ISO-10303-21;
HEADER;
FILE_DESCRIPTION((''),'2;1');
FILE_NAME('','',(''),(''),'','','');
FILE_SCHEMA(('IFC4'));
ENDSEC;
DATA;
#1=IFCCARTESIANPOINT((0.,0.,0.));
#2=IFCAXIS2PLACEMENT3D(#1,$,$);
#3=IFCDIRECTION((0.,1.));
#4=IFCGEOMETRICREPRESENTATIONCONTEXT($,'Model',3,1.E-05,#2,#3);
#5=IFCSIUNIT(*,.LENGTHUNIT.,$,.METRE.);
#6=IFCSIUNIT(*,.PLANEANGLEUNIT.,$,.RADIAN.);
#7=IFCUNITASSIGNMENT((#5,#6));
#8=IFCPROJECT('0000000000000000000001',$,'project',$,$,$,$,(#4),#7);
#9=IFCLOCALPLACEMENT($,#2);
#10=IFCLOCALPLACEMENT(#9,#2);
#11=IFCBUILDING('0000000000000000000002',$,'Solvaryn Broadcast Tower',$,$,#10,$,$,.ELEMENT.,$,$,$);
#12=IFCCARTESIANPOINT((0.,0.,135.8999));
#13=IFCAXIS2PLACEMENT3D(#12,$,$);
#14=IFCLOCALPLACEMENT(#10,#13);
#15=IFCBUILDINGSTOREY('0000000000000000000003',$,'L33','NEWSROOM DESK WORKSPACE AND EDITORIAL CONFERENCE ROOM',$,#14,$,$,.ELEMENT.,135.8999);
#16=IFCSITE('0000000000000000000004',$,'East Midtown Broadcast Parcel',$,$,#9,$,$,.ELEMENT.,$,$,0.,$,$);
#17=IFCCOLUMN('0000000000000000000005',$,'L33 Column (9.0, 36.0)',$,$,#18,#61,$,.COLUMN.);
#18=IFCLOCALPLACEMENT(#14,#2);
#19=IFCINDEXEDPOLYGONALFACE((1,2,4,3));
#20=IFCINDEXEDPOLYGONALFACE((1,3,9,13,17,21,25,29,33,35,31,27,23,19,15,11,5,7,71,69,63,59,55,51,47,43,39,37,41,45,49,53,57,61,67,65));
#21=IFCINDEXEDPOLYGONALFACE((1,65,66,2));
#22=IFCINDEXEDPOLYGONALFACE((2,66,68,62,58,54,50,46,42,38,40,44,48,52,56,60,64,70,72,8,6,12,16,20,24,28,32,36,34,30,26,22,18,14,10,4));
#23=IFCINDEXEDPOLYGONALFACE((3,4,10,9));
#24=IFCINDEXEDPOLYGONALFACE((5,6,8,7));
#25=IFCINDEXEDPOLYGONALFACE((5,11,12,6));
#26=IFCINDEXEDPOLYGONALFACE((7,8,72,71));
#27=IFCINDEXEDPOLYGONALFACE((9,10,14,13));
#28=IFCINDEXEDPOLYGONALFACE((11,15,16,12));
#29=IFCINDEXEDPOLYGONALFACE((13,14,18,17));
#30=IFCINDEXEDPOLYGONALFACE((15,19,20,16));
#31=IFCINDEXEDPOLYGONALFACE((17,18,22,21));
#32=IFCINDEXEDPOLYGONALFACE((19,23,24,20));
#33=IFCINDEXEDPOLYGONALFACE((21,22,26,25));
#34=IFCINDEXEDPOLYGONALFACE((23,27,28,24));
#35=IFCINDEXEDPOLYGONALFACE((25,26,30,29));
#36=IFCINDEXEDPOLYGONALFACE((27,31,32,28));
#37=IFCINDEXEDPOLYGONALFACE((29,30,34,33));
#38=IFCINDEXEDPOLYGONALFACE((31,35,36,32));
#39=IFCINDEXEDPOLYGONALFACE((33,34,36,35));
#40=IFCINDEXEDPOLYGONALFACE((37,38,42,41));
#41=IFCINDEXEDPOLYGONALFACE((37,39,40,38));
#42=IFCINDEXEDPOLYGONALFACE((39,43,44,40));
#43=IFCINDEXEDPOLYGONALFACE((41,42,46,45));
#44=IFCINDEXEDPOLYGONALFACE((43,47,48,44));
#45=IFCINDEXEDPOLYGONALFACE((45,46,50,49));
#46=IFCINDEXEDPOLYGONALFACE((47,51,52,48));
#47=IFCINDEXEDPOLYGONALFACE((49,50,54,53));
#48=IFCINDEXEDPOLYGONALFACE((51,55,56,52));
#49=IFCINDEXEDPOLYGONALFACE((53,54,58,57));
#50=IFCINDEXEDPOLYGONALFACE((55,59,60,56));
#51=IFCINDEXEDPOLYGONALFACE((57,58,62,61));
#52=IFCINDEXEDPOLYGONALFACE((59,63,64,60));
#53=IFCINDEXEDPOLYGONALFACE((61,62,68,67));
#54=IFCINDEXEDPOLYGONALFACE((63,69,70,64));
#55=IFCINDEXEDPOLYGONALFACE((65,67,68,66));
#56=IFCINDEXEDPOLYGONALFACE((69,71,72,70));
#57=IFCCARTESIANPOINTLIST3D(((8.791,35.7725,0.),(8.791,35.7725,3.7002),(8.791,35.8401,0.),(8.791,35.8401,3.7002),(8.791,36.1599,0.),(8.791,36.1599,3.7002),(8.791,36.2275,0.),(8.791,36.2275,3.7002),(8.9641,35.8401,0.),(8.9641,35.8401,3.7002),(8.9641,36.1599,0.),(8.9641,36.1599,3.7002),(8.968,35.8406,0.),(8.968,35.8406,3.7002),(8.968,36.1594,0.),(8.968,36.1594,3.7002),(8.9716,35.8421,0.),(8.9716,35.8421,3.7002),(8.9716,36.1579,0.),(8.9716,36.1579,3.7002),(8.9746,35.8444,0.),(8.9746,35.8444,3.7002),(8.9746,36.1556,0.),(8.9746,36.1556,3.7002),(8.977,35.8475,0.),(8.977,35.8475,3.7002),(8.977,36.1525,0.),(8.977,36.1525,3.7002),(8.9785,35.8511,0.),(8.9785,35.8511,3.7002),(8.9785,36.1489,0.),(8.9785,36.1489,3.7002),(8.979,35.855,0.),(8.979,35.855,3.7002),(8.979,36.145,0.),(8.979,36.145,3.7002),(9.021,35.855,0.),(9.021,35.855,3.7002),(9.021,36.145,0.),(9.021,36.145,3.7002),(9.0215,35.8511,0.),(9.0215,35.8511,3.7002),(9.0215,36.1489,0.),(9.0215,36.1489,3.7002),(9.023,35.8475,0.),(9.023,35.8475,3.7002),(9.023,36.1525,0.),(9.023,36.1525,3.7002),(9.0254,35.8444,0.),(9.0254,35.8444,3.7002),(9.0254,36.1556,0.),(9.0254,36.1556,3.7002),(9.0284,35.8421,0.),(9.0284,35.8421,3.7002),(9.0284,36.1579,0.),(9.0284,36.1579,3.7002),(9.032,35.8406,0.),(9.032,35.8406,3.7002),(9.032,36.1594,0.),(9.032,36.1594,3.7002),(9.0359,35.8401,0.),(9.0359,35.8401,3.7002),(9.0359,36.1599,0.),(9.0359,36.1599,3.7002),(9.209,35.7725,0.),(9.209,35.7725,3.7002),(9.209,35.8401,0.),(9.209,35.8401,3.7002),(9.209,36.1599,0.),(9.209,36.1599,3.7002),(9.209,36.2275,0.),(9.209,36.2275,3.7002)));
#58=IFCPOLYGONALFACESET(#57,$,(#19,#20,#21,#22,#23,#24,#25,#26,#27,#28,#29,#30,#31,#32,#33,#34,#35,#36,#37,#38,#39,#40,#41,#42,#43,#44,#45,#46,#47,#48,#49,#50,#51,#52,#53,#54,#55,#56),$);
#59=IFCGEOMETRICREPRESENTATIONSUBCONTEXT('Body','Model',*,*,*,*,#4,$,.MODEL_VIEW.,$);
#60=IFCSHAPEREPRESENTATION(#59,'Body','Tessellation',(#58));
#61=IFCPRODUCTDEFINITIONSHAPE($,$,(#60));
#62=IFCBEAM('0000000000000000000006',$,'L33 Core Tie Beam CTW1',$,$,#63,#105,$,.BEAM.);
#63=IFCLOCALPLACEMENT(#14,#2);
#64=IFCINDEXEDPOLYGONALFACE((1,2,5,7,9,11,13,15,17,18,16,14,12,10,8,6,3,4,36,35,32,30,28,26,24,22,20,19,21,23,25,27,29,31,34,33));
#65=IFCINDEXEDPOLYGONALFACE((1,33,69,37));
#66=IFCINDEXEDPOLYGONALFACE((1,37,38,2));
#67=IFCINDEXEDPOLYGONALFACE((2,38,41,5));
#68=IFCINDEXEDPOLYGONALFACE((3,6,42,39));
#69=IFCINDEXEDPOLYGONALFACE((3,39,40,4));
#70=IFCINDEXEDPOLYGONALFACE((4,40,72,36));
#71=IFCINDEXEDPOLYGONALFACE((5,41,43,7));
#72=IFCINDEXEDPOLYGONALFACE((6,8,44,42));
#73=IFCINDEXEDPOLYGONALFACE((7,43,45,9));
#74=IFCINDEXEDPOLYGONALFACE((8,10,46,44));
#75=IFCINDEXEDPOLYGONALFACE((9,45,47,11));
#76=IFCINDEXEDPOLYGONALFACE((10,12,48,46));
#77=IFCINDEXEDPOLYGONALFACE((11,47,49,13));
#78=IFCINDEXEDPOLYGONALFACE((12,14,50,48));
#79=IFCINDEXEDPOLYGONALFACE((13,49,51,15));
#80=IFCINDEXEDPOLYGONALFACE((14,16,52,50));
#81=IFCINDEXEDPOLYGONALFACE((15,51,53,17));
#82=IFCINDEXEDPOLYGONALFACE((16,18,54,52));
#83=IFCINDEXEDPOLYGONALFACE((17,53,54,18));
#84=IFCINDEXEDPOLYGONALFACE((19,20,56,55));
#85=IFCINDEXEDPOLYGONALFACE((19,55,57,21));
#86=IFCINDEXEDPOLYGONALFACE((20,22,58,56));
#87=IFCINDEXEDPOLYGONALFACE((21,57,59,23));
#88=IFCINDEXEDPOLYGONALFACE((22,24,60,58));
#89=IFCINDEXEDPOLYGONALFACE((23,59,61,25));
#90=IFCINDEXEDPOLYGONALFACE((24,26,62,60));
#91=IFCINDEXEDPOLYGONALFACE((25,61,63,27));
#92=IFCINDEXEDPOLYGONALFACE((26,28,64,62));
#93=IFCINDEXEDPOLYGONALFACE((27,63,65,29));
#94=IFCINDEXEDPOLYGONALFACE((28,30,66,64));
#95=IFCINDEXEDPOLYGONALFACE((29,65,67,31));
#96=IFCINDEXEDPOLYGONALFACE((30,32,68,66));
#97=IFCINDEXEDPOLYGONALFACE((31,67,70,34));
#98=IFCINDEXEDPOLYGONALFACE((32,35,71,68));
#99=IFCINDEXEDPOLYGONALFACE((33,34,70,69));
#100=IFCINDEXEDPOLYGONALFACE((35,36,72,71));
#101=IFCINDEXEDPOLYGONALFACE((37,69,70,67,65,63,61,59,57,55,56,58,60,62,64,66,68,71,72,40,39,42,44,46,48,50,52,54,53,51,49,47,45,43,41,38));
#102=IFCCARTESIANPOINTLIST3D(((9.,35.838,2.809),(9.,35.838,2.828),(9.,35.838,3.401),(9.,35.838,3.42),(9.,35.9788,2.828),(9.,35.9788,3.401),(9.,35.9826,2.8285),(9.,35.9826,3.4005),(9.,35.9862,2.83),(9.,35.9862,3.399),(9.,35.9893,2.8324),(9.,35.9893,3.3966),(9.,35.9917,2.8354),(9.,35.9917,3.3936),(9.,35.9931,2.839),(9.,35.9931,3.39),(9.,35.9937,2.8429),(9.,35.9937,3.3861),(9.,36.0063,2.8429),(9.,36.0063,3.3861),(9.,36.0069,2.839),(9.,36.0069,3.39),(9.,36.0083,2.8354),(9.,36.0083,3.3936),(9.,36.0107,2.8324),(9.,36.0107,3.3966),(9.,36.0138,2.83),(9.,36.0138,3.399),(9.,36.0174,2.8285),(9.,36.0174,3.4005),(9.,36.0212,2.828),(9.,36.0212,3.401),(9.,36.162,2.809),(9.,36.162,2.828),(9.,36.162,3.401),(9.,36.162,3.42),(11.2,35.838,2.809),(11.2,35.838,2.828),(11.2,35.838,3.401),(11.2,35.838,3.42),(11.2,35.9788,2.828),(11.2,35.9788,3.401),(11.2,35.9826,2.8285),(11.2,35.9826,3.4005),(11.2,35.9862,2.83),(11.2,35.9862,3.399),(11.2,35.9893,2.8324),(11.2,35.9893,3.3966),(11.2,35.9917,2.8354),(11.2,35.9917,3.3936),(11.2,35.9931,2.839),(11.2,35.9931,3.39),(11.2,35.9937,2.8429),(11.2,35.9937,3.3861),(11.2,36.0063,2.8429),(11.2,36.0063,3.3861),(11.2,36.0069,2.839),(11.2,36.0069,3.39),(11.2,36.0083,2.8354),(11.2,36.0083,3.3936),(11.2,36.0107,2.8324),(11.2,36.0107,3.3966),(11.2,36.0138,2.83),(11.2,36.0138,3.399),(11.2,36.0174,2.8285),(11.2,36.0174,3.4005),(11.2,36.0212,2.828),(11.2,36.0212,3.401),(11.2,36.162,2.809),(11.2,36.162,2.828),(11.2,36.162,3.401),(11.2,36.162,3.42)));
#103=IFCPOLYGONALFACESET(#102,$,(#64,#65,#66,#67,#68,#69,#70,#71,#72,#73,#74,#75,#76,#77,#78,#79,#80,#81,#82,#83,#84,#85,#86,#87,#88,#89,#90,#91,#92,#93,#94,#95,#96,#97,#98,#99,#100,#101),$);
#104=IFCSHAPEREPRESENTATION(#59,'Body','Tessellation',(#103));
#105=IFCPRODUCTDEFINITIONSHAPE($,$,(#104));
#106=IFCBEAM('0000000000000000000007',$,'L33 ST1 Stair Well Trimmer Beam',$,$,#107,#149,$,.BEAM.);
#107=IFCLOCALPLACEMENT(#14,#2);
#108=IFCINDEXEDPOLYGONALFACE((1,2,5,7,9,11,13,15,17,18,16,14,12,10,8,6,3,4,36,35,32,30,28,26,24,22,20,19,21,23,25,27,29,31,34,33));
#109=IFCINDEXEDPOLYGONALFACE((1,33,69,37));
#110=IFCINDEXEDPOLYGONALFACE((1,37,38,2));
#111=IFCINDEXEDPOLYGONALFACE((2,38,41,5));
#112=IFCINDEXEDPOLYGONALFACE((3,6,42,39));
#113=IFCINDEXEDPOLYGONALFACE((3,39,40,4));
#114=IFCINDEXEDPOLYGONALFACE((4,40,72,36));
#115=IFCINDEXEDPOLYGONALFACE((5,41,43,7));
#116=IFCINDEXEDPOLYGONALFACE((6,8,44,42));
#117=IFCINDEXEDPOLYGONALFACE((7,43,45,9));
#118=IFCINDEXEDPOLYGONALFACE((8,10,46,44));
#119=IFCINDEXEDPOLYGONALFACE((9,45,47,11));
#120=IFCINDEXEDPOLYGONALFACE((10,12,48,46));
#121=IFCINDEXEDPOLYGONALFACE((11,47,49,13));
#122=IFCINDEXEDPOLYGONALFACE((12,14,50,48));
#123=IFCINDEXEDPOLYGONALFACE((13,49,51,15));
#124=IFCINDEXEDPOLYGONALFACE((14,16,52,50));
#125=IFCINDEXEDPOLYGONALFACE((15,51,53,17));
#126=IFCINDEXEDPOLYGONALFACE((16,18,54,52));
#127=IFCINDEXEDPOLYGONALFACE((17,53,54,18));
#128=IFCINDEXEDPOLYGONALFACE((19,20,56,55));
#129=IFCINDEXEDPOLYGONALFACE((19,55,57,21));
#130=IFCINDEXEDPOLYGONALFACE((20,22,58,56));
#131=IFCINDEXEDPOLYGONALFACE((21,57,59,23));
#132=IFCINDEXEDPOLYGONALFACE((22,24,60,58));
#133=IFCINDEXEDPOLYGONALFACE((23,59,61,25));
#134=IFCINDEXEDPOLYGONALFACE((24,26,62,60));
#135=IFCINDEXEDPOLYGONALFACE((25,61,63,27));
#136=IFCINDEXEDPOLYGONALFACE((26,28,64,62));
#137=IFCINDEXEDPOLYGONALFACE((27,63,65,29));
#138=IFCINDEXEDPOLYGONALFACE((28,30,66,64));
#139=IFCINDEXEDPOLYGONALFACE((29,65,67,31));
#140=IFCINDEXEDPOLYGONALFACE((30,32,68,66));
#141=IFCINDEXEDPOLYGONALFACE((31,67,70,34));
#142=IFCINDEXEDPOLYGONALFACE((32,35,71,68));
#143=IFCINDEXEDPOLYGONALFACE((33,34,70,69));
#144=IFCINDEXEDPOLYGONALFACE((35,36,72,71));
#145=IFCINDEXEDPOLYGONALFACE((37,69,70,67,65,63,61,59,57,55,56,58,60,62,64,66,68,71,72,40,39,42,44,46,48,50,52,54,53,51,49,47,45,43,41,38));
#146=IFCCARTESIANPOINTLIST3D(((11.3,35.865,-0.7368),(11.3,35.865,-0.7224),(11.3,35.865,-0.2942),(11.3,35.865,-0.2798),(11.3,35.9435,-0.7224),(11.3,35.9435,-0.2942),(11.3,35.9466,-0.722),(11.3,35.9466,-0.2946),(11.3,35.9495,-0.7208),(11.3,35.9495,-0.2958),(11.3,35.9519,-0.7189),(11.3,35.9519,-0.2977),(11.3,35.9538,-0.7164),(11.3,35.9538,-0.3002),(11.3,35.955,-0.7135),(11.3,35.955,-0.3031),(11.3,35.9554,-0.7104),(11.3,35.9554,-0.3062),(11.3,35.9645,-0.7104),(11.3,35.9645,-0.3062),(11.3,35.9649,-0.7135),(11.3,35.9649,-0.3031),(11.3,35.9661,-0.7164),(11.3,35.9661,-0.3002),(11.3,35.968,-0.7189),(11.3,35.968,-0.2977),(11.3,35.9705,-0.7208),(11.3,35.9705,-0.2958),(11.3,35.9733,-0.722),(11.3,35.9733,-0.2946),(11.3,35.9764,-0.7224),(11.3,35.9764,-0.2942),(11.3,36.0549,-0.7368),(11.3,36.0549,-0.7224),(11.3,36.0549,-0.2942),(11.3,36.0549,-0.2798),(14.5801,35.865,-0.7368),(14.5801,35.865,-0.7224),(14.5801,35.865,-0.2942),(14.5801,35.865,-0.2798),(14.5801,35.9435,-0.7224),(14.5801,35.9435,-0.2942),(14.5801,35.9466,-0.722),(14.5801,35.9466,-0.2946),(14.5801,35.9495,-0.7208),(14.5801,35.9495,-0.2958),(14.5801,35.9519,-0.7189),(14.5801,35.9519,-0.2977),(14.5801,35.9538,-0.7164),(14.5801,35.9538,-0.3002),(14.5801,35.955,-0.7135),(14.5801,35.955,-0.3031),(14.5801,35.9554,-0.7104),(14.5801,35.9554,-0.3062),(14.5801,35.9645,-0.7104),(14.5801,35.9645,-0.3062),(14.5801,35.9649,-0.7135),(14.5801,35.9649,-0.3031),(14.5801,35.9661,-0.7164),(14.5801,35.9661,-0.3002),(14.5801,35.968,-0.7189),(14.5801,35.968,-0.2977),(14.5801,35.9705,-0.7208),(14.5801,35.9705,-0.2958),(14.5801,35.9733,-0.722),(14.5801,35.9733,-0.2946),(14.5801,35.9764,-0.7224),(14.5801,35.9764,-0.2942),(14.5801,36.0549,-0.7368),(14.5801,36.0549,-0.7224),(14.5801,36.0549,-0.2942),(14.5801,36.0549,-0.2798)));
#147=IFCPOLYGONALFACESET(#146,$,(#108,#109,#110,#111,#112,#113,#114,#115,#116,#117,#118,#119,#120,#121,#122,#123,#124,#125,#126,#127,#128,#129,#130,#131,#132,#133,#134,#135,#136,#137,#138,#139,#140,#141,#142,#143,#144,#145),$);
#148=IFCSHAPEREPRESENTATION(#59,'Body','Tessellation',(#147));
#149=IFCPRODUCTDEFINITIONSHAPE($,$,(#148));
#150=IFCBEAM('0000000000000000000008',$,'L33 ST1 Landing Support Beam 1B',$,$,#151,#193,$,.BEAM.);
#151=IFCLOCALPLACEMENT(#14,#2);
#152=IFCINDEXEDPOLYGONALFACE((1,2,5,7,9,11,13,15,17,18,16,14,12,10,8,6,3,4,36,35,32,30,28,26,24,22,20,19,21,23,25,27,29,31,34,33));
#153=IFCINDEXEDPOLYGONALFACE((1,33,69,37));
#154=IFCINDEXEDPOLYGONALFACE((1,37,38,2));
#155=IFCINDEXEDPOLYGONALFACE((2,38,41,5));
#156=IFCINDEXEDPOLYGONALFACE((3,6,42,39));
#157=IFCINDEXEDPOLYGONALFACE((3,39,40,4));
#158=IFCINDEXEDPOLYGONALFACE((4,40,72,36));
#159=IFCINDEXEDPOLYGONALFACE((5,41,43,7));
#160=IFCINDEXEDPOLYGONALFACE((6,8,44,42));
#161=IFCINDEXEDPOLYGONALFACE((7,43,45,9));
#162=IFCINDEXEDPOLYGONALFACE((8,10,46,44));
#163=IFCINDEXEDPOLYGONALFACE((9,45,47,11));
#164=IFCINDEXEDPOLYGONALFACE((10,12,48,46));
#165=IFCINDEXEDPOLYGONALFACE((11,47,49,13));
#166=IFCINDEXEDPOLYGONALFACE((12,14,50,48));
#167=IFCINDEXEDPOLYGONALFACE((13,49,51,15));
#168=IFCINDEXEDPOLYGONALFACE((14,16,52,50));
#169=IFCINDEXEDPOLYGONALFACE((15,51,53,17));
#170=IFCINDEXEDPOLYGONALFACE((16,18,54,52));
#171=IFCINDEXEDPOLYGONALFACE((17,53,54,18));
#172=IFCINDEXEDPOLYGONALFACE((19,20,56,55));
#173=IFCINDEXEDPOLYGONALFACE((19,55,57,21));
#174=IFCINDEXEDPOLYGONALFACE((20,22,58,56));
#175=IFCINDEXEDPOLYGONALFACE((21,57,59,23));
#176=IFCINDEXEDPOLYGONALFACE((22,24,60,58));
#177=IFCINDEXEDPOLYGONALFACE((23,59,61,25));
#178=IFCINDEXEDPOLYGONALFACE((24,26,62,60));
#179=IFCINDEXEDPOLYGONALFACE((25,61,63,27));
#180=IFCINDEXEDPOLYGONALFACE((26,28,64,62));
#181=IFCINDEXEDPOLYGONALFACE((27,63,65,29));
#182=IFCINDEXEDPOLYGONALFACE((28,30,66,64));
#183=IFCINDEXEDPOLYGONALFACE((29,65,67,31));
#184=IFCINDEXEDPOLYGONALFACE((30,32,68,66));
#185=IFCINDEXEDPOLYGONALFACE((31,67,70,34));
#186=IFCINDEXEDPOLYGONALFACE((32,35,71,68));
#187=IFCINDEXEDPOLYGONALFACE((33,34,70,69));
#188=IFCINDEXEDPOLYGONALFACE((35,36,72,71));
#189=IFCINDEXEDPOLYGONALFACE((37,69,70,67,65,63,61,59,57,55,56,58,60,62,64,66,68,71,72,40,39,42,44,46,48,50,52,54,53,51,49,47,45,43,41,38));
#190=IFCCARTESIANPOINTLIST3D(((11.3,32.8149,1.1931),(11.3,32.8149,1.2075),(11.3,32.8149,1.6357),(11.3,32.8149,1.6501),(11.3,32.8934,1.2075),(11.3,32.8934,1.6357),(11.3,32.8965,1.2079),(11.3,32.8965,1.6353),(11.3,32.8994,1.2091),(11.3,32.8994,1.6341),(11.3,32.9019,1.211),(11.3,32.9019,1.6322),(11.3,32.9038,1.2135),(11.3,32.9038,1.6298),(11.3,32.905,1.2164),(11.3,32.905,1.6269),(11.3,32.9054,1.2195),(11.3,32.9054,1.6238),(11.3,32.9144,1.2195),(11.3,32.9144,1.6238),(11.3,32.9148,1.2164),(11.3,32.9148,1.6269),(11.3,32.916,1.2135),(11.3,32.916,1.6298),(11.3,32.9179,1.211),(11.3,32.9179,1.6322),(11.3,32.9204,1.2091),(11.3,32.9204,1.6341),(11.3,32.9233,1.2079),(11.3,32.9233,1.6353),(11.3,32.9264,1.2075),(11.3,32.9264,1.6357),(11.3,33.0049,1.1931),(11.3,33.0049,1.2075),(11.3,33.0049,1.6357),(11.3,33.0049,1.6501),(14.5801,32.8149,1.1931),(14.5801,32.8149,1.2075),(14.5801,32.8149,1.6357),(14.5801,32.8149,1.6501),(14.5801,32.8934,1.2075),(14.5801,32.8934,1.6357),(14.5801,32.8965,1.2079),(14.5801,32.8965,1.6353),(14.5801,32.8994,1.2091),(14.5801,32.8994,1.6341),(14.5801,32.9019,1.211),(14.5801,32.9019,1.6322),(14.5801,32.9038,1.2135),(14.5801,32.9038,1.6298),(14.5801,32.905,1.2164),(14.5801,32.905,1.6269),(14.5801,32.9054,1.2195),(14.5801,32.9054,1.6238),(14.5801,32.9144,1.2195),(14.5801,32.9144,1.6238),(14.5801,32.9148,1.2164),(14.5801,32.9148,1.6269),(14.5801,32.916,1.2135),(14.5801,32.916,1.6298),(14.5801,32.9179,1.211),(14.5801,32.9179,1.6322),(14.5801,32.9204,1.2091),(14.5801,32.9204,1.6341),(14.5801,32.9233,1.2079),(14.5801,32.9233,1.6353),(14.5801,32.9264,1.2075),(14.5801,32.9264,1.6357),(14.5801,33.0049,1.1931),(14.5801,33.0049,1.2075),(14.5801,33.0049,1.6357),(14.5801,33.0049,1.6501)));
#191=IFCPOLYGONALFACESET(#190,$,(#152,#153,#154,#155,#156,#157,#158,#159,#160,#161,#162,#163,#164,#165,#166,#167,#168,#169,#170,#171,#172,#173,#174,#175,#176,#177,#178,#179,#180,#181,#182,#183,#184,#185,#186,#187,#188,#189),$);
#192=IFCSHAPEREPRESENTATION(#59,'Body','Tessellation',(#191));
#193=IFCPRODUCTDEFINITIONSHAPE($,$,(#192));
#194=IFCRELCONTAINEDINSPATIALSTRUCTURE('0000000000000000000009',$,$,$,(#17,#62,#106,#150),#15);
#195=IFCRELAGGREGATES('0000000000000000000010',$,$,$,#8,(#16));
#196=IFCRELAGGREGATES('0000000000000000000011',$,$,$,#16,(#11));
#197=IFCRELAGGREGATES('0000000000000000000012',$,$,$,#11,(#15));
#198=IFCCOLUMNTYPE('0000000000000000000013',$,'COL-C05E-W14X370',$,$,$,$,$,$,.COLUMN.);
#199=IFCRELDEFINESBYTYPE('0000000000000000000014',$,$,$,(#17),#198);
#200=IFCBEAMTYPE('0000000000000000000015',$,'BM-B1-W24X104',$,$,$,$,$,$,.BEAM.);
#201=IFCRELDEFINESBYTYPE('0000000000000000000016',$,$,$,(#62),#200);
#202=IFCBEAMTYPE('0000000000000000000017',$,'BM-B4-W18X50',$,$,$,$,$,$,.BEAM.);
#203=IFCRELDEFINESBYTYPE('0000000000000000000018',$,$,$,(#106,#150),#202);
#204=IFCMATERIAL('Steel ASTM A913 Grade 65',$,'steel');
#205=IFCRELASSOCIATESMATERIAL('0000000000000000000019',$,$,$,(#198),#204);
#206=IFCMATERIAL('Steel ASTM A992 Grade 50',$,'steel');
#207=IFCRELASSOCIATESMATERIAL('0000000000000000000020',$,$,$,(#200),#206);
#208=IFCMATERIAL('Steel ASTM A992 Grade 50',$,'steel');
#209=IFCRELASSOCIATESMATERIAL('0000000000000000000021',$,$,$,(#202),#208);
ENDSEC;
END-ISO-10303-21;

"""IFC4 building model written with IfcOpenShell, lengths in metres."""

from ifc_helpers import new_model, si_unit, direction, frame, origin, origin_2d, place, context, subcontext, project, spatial, i_section, extrude, material, material_profile, profile_set, type_object, element, save


model = new_model("IFC4")

# Units and contexts
model_context = context("Model", 3, precision=1e-05, world=origin(), true_north=direction((0.0, 1.0)))
body_context = subcontext(model_context, "Body", "Model", "MODEL_VIEW")
ifc_project = project(units=[si_unit("LENGTHUNIT", "METRE"), si_unit("PLANEANGLEUNIT", "RADIAN")], contexts=[model_context])

# Site, building, storey
site_placement = place(None, origin())
site = spatial("IfcSite", under=ifc_project, at=site_placement, Name="East Midtown Broadcast Parcel", CompositionType="ELEMENT", RefElevation=0.0)
building_placement = place(site_placement, origin())
building = spatial("IfcBuilding", under=site, at=building_placement, Name="Solvaryn Broadcast Tower", CompositionType="ELEMENT")
storey_placement = place(building_placement, frame((0.0, 0.0, 135.8999)))
storey = spatial("IfcBuildingStorey", under=building, at=storey_placement, Name="L33", Description="NEWSROOM DESK WORKSPACE AND EDITORIAL CONFERENCE ROOM", CompositionType="ELEMENT", Elevation=135.8999)

# Column
ifc_material_1 = material(Name="Steel ASTM A913 Grade 65", Category="steel")
ifc_material_profile_1 = material_profile(ifc_material_1, i_section(OverallWidth=0.418, OverallDepth=0.4551, WebThickness=0.042, FlangeThickness=0.0676, FilletRadius=0.0149, at=origin_2d()))
ifc_profile_set_1 = profile_set([ifc_material_profile_1], Name="Steel ASTM A913 Grade 65")
column_type = type_object("IfcColumnType", Name="COL-C05E-W14X370", PredefinedType="COLUMN", material=ifc_profile_set_1)
column_placement = place(storey_placement, frame((9.0, 36.0, 0.0), z_axis=(0.0, 0.0, 1.0), x_axis=(1.0, 0.0, 0.0)))
element("IfcColumn", 1, at=column_placement, inside=storey, type_object=column_type, Name="L33 Column (9.0, 36.0)", PredefinedType="COLUMN", context=body_context, shape_type="SweptSolid", body=[
    extrude(i_section(OverallWidth=0.418, OverallDepth=0.4551, WebThickness=0.042, FlangeThickness=0.0676, FilletRadius=0.0149, at=origin_2d()), origin(), (0.0, 0.0, 1.0), 3.7002),
])

# Beams
ifc_material_2 = material(Name="Steel ASTM A992 Grade 50", Category="steel")
ifc_material_profile_2 = material_profile(ifc_material_2, i_section(OverallWidth=0.324, OverallDepth=0.6111, WebThickness=0.0127, FlangeThickness=0.019, FilletRadius=0.0149, at=origin_2d()))
ifc_profile_set_2 = profile_set([ifc_material_profile_2], Name="Steel ASTM A992 Grade 50")
beam_type_1 = type_object("IfcBeamType", Name="BM-B1-W24X104", PredefinedType="BEAM", material=ifc_profile_set_2)
beam_1_placement = place(storey_placement, frame((9.0, 36.0, 3.1145), z_axis=(1.0, 0.0, 0.0), x_axis=(0.0, 1.0, 0.0)))
element("IfcBeam", 2, at=beam_1_placement, inside=storey, type_object=beam_type_1, Name="L33 Core Tie Beam CTW1", PredefinedType="BEAM", context=body_context, shape_type="SweptSolid", body=[
    extrude(i_section(OverallWidth=0.324, OverallDepth=0.6111, WebThickness=0.0127, FlangeThickness=0.019, FilletRadius=0.0149, at=origin_2d()), origin(), (0.0, 0.0, 1.0), 2.2),
])
ifc_material_3 = material(Name="Steel ASTM A992 Grade 50", Category="steel")
ifc_material_profile_3 = material_profile(ifc_material_3, i_section(OverallWidth=0.1899, OverallDepth=0.457, WebThickness=0.009, FlangeThickness=0.0144, FilletRadius=0.012, at=origin_2d()))
ifc_profile_set_3 = profile_set([ifc_material_profile_3], Name="Steel ASTM A992 Grade 50")
beam_type_2 = type_object("IfcBeamType", Name="BM-B4-W18X50", PredefinedType="BEAM", material=ifc_profile_set_3)
for number, where, z_axis, x_axis, name in (
    (3, (11.3, 35.96, -0.5083), (1.0, 0.0, 0.0), (0.0, 1.0, 0.0), "L33 ST1 Stair Well Trimmer Beam"),
    (4, (11.3, 32.9099, 1.4216), (1.0, 0.0, 0.0), (0.0, 1.0, 0.0), "L33 ST1 Landing Support Beam 1B"),
):
    element("IfcBeam", number, at=place(storey_placement, frame(where, z_axis=z_axis, x_axis=x_axis)), inside=storey, type_object=beam_type_2, Name=name, PredefinedType="BEAM", context=body_context, shape_type="SweptSolid", body=[
        extrude(i_section(OverallWidth=0.1899, OverallDepth=0.457, WebThickness=0.009, FlangeThickness=0.0144, FilletRadius=0.012, at=origin_2d()), origin(), (0.0, 0.0, 1.0), 3.28),
    ])

save(model, "model.ifc")
